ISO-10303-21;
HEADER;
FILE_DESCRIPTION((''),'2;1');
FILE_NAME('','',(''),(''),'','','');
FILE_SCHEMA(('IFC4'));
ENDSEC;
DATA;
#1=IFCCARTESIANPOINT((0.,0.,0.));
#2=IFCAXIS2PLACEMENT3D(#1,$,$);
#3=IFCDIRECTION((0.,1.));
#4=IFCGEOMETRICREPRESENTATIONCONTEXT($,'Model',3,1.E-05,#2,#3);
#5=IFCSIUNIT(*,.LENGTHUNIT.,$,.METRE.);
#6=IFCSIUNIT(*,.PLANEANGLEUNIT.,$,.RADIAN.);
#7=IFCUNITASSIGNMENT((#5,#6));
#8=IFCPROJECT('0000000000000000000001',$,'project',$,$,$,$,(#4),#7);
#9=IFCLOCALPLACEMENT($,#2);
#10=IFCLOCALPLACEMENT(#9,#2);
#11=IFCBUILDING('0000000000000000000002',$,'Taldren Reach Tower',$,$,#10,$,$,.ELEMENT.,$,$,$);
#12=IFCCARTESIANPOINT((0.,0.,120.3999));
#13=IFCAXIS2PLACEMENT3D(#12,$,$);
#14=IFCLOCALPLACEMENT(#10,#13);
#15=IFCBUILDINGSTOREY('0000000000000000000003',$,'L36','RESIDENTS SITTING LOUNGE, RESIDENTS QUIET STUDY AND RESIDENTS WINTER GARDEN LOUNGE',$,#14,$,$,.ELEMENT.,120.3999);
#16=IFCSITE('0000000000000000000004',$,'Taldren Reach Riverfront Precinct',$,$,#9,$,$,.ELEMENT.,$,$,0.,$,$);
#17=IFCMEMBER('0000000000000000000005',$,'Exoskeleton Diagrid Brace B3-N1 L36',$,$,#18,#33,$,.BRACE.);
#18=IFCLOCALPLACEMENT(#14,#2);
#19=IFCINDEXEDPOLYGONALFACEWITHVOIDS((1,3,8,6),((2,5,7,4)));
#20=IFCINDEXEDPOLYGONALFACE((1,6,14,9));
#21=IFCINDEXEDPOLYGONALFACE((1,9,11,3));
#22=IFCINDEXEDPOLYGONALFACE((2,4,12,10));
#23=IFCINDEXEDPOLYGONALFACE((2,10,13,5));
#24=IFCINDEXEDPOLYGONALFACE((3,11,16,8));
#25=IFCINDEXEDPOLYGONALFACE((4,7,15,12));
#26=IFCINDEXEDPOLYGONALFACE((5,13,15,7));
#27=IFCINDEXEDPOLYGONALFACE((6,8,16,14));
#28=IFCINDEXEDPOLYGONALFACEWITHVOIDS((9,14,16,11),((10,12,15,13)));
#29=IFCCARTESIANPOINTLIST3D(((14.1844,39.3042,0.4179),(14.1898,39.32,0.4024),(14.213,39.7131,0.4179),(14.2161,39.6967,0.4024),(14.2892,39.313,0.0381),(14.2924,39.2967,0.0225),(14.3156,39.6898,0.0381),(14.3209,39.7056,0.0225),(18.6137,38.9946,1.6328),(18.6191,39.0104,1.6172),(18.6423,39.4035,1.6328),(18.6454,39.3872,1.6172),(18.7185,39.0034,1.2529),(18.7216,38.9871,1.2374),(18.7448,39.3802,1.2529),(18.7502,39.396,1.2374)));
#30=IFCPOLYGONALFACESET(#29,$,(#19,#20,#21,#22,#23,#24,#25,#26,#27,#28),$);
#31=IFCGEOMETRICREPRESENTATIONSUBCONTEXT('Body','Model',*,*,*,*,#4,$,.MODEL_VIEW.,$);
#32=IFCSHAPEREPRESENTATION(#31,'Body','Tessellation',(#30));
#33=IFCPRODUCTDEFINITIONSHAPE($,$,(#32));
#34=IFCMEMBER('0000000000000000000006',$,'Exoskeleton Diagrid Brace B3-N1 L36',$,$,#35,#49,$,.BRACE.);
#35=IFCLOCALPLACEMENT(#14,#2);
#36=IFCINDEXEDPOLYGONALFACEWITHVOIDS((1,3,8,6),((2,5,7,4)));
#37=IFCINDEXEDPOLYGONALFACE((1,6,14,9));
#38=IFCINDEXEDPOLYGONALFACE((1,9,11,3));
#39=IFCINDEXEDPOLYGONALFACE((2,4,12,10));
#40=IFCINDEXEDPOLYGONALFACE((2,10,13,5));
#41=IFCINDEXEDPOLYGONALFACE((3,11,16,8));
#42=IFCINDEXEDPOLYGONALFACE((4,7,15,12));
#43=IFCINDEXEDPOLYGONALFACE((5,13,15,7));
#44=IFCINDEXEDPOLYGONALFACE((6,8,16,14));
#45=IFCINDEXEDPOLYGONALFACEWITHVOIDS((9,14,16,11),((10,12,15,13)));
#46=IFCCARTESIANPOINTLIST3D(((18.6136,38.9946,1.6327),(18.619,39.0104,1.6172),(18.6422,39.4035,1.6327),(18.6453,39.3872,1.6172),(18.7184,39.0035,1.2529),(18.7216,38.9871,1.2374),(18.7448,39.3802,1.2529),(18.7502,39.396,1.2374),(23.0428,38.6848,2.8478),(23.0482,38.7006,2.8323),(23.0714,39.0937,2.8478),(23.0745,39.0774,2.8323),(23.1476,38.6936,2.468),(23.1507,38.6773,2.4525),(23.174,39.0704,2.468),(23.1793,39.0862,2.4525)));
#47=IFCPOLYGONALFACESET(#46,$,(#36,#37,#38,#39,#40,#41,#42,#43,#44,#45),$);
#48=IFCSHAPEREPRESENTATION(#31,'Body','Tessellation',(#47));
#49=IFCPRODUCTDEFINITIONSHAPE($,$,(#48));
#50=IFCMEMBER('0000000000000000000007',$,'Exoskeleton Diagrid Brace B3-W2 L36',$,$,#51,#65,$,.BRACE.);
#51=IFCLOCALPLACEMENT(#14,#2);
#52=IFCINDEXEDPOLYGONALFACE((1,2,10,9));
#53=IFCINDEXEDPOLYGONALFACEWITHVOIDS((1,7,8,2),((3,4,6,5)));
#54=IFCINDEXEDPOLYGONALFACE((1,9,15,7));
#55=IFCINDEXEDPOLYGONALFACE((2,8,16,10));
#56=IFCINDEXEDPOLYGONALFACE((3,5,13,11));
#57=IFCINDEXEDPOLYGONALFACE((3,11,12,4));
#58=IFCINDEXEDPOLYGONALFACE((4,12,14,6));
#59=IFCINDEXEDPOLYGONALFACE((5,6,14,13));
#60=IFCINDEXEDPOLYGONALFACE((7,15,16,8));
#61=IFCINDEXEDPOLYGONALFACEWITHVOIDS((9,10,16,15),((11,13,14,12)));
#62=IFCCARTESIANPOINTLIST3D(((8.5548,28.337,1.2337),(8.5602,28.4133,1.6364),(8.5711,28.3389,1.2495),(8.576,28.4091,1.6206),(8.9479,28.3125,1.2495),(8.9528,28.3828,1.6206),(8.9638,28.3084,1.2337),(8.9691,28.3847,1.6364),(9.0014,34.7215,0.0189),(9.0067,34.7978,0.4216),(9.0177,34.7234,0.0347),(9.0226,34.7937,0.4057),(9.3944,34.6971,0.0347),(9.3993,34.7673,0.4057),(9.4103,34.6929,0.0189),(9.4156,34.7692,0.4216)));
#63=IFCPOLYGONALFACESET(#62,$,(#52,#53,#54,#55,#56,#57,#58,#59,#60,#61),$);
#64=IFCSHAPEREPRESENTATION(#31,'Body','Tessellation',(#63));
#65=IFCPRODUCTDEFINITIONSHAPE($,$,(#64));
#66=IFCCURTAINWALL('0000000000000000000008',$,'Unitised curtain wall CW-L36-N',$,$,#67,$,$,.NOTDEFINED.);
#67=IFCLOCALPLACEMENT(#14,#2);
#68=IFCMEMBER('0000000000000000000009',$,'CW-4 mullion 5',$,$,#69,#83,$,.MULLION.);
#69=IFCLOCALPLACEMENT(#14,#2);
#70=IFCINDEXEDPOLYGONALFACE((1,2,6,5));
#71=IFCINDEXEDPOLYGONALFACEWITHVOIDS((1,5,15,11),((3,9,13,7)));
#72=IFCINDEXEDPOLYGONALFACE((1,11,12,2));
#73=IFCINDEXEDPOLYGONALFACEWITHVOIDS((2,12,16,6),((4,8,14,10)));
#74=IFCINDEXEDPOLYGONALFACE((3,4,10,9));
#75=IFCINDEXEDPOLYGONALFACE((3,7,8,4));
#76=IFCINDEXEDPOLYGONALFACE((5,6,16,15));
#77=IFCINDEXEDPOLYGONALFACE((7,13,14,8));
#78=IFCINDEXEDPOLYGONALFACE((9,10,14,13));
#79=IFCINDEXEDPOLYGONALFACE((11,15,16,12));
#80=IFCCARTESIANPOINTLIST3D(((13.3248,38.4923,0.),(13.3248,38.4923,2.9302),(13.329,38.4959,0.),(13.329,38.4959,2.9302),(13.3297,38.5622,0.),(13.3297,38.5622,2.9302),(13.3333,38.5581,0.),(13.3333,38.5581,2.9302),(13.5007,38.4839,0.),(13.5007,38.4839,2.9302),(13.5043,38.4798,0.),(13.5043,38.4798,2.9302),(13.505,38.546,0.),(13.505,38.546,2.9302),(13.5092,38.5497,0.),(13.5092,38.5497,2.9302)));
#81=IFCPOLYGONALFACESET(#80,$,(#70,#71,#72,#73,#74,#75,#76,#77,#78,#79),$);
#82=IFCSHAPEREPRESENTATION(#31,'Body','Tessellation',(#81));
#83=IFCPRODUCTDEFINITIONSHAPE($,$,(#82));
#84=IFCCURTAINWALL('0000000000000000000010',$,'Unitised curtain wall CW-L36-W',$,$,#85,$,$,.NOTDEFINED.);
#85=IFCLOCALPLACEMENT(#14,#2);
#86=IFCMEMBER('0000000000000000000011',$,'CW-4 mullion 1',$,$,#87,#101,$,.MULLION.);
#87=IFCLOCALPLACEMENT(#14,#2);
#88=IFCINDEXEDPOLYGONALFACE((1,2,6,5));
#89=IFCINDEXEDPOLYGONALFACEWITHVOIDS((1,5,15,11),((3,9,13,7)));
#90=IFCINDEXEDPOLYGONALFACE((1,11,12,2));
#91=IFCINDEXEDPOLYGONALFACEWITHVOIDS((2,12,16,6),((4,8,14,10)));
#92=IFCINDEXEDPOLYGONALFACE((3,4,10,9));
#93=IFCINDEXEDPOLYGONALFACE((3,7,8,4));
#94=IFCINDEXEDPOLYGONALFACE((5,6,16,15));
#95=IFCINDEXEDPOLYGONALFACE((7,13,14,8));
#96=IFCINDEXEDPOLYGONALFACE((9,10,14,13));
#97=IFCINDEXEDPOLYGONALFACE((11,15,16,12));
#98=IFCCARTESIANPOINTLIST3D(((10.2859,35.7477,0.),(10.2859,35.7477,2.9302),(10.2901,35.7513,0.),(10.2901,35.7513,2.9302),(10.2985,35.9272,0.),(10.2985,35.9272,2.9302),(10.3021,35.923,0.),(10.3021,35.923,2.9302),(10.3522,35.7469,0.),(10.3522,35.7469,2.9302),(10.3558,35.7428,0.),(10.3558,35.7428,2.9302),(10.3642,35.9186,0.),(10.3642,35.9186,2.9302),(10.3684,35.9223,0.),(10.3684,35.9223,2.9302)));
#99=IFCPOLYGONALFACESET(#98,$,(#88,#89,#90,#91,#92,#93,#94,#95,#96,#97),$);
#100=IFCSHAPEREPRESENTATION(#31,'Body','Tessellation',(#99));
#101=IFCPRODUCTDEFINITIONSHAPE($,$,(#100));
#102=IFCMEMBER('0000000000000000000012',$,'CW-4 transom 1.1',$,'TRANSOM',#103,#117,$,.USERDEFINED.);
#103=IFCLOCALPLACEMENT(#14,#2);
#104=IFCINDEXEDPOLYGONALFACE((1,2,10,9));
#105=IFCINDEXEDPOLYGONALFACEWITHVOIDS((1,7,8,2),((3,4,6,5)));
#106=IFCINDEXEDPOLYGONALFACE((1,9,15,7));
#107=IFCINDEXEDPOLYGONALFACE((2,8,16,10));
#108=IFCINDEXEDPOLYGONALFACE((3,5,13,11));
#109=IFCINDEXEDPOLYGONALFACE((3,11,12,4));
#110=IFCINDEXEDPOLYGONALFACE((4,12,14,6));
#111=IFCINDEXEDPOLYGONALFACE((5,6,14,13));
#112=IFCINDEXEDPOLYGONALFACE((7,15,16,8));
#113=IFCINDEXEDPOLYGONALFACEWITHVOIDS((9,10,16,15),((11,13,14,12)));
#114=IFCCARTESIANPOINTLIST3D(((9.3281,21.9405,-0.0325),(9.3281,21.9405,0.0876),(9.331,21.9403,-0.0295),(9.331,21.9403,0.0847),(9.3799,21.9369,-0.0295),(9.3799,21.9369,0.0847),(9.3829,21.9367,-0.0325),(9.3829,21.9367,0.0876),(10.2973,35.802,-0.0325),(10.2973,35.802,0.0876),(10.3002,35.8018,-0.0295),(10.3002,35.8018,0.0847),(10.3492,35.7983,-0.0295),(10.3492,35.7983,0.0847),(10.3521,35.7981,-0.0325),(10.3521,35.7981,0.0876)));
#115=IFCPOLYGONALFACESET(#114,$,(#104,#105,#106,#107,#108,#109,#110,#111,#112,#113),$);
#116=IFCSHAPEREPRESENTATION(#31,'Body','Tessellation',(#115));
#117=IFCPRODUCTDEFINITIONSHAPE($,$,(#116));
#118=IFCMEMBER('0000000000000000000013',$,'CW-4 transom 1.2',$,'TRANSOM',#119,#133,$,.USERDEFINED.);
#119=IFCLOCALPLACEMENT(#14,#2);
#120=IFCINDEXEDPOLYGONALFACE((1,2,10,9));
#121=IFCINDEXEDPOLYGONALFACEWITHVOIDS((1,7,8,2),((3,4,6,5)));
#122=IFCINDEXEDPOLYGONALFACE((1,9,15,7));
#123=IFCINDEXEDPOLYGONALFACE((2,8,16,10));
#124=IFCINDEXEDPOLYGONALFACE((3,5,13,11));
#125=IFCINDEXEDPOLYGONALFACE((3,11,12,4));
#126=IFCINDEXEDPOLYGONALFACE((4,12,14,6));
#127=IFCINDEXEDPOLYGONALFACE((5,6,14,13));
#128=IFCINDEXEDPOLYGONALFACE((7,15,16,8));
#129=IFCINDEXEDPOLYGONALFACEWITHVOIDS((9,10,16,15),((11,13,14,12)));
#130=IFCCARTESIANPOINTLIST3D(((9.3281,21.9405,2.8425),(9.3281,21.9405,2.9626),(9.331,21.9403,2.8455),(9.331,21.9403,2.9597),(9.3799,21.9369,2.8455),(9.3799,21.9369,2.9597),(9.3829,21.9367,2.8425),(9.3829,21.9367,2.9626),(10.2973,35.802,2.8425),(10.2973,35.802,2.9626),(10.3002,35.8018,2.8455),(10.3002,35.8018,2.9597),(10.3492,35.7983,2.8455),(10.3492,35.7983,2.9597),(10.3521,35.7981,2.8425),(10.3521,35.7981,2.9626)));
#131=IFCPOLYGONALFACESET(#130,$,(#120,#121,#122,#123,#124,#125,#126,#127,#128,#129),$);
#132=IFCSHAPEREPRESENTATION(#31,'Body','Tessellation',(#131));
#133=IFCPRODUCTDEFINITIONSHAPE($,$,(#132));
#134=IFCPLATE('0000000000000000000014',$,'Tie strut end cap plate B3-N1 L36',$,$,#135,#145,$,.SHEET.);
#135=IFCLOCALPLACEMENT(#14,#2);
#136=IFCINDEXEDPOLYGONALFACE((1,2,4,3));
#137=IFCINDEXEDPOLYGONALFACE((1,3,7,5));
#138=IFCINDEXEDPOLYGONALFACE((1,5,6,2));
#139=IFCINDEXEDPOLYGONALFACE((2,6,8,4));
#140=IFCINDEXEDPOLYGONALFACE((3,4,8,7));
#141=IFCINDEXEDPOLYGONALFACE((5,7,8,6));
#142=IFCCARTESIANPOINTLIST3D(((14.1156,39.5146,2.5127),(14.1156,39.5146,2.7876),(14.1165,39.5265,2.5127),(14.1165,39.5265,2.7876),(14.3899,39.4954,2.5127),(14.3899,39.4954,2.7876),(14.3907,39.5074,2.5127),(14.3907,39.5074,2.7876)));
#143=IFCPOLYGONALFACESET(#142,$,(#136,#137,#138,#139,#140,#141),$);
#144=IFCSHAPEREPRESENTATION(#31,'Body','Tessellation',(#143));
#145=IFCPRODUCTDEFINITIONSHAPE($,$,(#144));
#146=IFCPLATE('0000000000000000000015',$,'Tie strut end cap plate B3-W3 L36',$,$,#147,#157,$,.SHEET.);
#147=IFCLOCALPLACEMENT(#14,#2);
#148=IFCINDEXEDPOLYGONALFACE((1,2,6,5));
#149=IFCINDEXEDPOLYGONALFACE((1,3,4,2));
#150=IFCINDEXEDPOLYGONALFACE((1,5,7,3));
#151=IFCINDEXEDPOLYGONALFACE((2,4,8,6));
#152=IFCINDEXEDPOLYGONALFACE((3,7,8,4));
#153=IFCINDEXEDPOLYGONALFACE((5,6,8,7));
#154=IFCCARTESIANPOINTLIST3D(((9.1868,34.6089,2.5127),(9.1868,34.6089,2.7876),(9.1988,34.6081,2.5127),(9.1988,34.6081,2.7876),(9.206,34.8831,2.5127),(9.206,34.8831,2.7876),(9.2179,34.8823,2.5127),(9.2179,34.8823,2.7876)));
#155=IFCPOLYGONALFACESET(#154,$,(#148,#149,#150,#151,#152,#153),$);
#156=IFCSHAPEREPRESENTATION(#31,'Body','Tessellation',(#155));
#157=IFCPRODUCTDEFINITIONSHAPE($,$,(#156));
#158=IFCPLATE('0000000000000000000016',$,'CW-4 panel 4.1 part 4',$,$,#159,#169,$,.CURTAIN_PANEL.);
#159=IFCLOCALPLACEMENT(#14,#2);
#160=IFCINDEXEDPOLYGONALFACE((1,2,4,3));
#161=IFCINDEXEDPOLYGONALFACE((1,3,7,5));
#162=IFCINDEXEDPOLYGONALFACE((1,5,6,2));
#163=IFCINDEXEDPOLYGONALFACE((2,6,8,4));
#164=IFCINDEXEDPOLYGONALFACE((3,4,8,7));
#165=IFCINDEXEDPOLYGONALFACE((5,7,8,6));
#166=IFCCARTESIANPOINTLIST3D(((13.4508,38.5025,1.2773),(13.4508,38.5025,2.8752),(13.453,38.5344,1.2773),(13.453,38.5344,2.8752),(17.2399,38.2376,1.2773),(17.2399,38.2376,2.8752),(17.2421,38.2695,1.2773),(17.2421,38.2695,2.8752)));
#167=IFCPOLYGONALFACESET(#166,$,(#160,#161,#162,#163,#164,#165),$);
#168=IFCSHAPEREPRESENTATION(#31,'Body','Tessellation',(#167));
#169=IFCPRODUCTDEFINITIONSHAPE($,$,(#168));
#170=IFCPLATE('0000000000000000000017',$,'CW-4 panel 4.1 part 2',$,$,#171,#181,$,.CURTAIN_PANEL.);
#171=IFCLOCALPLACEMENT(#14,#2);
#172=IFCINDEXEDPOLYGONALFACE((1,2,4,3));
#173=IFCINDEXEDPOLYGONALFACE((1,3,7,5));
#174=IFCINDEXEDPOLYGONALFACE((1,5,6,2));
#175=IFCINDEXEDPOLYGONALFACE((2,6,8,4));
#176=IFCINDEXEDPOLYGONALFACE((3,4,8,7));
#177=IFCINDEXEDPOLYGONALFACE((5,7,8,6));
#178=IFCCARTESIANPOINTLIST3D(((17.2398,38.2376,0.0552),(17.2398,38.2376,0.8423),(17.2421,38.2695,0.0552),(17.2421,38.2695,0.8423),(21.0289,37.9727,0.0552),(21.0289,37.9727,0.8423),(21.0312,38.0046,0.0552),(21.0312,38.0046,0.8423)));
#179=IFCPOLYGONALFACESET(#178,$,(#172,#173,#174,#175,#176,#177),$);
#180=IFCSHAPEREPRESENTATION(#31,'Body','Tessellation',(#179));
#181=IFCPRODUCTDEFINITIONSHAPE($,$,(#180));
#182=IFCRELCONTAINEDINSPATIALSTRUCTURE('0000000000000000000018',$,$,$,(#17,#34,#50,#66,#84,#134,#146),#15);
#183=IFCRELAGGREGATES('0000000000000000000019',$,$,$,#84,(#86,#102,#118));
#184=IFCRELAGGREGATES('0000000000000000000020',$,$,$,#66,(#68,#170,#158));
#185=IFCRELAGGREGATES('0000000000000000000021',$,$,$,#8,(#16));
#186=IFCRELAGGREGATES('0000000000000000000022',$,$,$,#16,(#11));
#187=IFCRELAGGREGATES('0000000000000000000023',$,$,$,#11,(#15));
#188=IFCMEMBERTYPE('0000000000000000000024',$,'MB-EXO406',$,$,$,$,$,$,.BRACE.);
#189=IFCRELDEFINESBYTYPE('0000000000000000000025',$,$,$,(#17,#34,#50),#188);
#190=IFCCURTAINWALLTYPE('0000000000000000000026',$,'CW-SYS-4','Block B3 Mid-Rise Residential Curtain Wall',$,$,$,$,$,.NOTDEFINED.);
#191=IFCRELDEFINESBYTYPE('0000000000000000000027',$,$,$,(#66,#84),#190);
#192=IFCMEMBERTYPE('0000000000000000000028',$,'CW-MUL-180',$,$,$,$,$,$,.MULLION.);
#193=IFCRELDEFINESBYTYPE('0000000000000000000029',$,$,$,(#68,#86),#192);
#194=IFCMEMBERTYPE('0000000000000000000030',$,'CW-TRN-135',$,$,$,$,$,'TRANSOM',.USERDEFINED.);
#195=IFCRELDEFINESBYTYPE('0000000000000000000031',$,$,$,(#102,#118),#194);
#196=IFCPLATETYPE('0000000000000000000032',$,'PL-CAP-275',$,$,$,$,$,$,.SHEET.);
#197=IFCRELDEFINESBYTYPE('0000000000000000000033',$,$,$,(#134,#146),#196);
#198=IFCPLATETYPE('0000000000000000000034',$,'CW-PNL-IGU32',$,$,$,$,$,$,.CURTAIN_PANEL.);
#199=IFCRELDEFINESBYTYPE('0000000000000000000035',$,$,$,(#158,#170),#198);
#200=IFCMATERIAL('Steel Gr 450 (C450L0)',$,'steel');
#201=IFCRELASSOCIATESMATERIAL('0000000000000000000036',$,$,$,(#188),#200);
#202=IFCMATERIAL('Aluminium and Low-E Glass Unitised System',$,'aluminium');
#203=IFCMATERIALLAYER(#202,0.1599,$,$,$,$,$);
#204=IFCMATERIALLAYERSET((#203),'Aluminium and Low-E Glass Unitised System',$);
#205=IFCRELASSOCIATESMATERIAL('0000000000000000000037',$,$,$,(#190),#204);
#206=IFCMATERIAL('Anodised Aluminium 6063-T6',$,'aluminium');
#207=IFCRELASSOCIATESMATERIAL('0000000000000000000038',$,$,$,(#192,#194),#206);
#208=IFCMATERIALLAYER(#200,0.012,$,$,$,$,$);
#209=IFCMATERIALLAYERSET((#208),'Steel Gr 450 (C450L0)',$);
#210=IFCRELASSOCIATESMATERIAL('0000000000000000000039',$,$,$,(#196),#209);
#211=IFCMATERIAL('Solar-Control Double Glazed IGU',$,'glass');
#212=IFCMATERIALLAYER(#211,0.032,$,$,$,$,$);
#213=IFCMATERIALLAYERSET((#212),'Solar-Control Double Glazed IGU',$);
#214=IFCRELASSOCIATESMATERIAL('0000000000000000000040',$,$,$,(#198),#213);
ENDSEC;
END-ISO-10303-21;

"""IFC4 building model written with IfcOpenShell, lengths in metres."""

from ifc_helpers import new_model, si_unit, direction, frame, origin, origin_2d, place, context, subcontext, project, spatial, rectangle, hollow_rectangle, extrude, source, transform, mapped, material, layer, layer_set, material_profile, profile_set, type_object, element, aggregate, save


model = new_model("IFC4")

# Units and contexts
model_context = context("Model", 3, precision=1e-05, world=origin(), true_north=direction((0.0, 1.0)))
body_context = subcontext(model_context, "Body", "Model", "MODEL_VIEW")
ifc_project = project(units=[si_unit("LENGTHUNIT", "METRE"), si_unit("PLANEANGLEUNIT", "RADIAN")], contexts=[model_context])

# Site, building, storey
site_placement = place(None, origin())
site = spatial("IfcSite", under=ifc_project, at=site_placement, Name="Taldren Reach Riverfront Precinct", CompositionType="ELEMENT", RefElevation=0.0)
building_placement = place(site_placement, origin())
building = spatial("IfcBuilding", under=site, at=building_placement, Name="Taldren Reach Tower", CompositionType="ELEMENT")
storey_placement = place(building_placement, frame((0.0, 0.0, 120.3999)))
storey = spatial("IfcBuildingStorey", under=building, at=storey_placement, Name="L36", Description="RESIDENTS SITTING LOUNGE, RESIDENTS QUIET STUDY AND RESIDENTS WINTER GARDEN LOUNGE", CompositionType="ELEMENT", Elevation=120.3999)

# Shared definitions
ifc_material_1 = material(Name="Steel Gr 450 (C450L0)", Category="steel")

# Members
ifc_material_profile_1 = material_profile(ifc_material_1, hollow_rectangle(XDim=0.4099, YDim=0.4099, WallThickness=0.0161, at=origin_2d()), Name="410x410x16.0SHS")
ifc_profile_set_1 = profile_set([ifc_material_profile_1], Name="Steel Gr 450 (C450L0)")
member_type_1 = type_object("IfcMemberType", Name="MB-EXO406", PredefinedType="BRACE", material=ifc_profile_set_1)
shared_shape_1 = source(origin(), body_context, "Body", "SweptSolid", [
    extrude(hollow_rectangle(XDim=0.4099, YDim=0.4099, WallThickness=0.0161, at=origin_2d()), origin(), (0.0, 0.0, 1.0), 4.6033),
])
for number, where, z_axis, x_axis, name in (
    (1, (14.2527, 39.5049, 0.2202), (0.962199, -0.067251, 0.263913), (0.069723, 0.997566, 0.0), "Exoskeleton Diagrid Brace B3-N1 L36"),
    (2, (18.6819, 39.1953, 1.4351), (0.962182, -0.067303, 0.263961), (0.069778, 0.997563, 0.0), "Exoskeleton Diagrid Brace B3-N1 L36"),
):
    element("IfcMember", number, at=place(storey_placement, frame(where, z_axis=z_axis, x_axis=x_axis)), inside=storey, type_object=member_type_1, Name=name, PredefinedType="BRACE", context=body_context, shape_type="MappedRepresentation", body=[
        mapped(shared_shape_1, transform((0.0, 0.0, 0.0), scale=1.0)),
    ])
shared_shape_2 = source(origin(), body_context, "Body", "SweptSolid", [
    extrude(hollow_rectangle(XDim=0.4099, YDim=0.4099, WallThickness=0.0161, at=origin_2d()), origin(), (0.0, 0.0, 1.0), 6.5144),
])
member_1_placement = place(storey_placement, frame((9.2085, 34.7454, 0.2202), z_axis=(-0.068546, -0.980063, 0.186486), x_axis=(0.997563, -0.06977, 0.0)))
element("IfcMember", 3, at=member_1_placement, inside=storey, type_object=member_type_1, Name="Exoskeleton Diagrid Brace B3-W2 L36", PredefinedType="BRACE", context=body_context, shape_type="MappedRepresentation", body=[
    mapped(shared_shape_2, transform((0.0, 0.0, 0.0), scale=1.0)),
])

# Curtain wall, member
ifc_material_2 = material(Name="Aluminium and Low-E Glass Unitised System", Category="aluminium")
ifc_layer_1 = layer(ifc_material_2, 0.1599)
ifc_layer_set_1 = layer_set([ifc_layer_1], Name="Aluminium and Low-E Glass Unitised System")
curtain_wall_type = type_object("IfcCurtainWallType", Name="CW-SYS-4", Description="Block B3 Mid-Rise Residential Curtain Wall", PredefinedType="NOTDEFINED", material=ifc_layer_set_1)
curtain_wall_1_placement = place(storey_placement, origin())
curtain_wall_1 = element("IfcCurtainWall", 4, at=curtain_wall_1_placement, inside=storey, type_object=curtain_wall_type, Name="Unitised curtain wall CW-L36-N", PredefinedType="NOTDEFINED")
ifc_material_3 = material(Name="Anodised Aluminium 6063-T6", Category="aluminium")
ifc_material_profile_2 = material_profile(ifc_material_3, hollow_rectangle(XDim=0.0701, YDim=0.1799, WallThickness=0.0039, at=origin_2d()), Name="ALU-180x70x4RHS")
ifc_profile_set_2 = profile_set([ifc_material_profile_2], Name="Anodised Aluminium 6063-T6")
member_type_2 = type_object("IfcMemberType", Name="CW-MUL-180", PredefinedType="MULLION", material=ifc_profile_set_2)
shared_shape_3 = source(origin(), body_context, "Body", "SweptSolid", [
    extrude(hollow_rectangle(XDim=0.0701, YDim=0.1799, WallThickness=0.0039, at=origin_2d()), origin(), (0.0, 0.0, 1.0), 2.9302),
])
member_2_placement = place(storey_placement, frame((13.417, 38.521, 0.0), z_axis=(0.0, 0.0, 1.0), x_axis=(-0.069757, -0.997564, 0.0)))
member_2 = element("IfcMember", 5, at=member_2_placement, type_object=member_type_2, Name="CW-4 mullion 5", PredefinedType="MULLION", context=body_context, shape_type="MappedRepresentation", body=[
    mapped(shared_shape_3, transform((0.0, 0.0, 0.0), scale=1.0)),
])

# Curtain wall, members
curtain_wall_2_placement = place(storey_placement, origin())
curtain_wall_2 = element("IfcCurtainWall", 6, at=curtain_wall_2_placement, inside=storey, type_object=curtain_wall_type, Name="Unitised curtain wall CW-L36-W", PredefinedType="NOTDEFINED")
member_3_placement = place(storey_placement, frame((10.3271, 35.835, 0.0), z_axis=(0.0, 0.0, 1.0), x_axis=(0.997564, -0.069756, 0.0)))
member_3 = element("IfcMember", 7, at=member_3_placement, type_object=member_type_2, Name="CW-4 mullion 1", PredefinedType="MULLION", context=body_context, shape_type="MappedRepresentation", body=[
    mapped(shared_shape_3, transform((0.0, 0.0, 0.0), scale=1.0)),
])
ifc_material_profile_3 = material_profile(ifc_material_3, hollow_rectangle(XDim=0.0549, YDim=0.1201, WallThickness=0.0029, at=origin_2d()), Name="ALU-120x55x3RHS")
ifc_profile_set_3 = profile_set([ifc_material_profile_3], Name="Anodised Aluminium 6063-T6")
member_type_3 = type_object("IfcMemberType", Name="CW-TRN-135", ElementType="TRANSOM", PredefinedType="USERDEFINED", material=ifc_profile_set_3)
shared_shape_4 = source(origin(), body_context, "Body", "SweptSolid", [
    extrude(hollow_rectangle(XDim=0.0549, YDim=0.1201, WallThickness=0.0029, at=origin_2d()), origin(), (0.0, 0.0, 1.0), 13.8953),
])
member_4_placement = place(storey_placement, frame((10.3247, 35.8, 0.0276), z_axis=(-0.069754, -0.997564, 0.0), x_axis=(0.997564, -0.069754, 0.0)))
member_4 = element("IfcMember", 8, at=member_4_placement, type_object=member_type_3, Name="CW-4 transom 1.1", ObjectType="TRANSOM", PredefinedType="USERDEFINED", context=body_context, shape_type="MappedRepresentation", body=[
    mapped(shared_shape_4, transform((0.0, 0.0, 0.0), scale=1.0)),
])
member_5_placement = place(storey_placement, frame((10.3247, 35.8, 2.9026), z_axis=(-0.069754, -0.997564, 0.0), x_axis=(0.997564, -0.069754, 0.0)))
member_5 = element("IfcMember", 9, at=member_5_placement, type_object=member_type_3, Name="CW-4 transom 1.2", ObjectType="TRANSOM", PredefinedType="USERDEFINED", context=body_context, shape_type="MappedRepresentation", body=[
    mapped(shared_shape_4, transform((0.0, 0.0, 0.0), scale=1.0)),
])
aggregate(curtain_wall_2, [member_3, member_4, member_5])

# Plates
ifc_layer_2 = layer(ifc_material_1, 0.012)
ifc_layer_set_2 = layer_set([ifc_layer_2], Name="Steel Gr 450 (C450L0)")
plate_type_1 = type_object("IfcPlateType", Name="PL-CAP-275", PredefinedType="SHEET", material=ifc_layer_set_2)
shared_shape_5 = source(origin(), body_context, "Body", "SweptSolid", [
    extrude(rectangle(XDim=0.2749, YDim=0.012, at=origin_2d()), origin(), (0.0, 0.0, 1.0), 0.2749),
])
plate_1_placement = place(storey_placement, frame((14.2532, 39.511, 2.5127), z_axis=(0.0, 0.0, 1.0), x_axis=(0.997564, -0.069756, 0.0)))
element("IfcPlate", 10, at=plate_1_placement, inside=storey, type_object=plate_type_1, Name="Tie strut end cap plate B3-N1 L36", PredefinedType="SHEET", context=body_context, shape_type="MappedRepresentation", body=[
    mapped(shared_shape_5, transform((0.0, 0.0, 0.0), scale=1.0)),
])
shared_shape_6 = source(origin(), body_context, "Body", "SweptSolid", [
    extrude(rectangle(XDim=0.012, YDim=0.2749, at=origin_2d()), origin(), (0.0, 0.0, 1.0), 0.2749),
])
plate_2_placement = place(storey_placement, frame((9.2024, 34.7456, 2.5127), z_axis=(0.0, 0.0, 1.0), x_axis=(0.997564, -0.069756, 0.0)))
element("IfcPlate", 11, at=plate_2_placement, inside=storey, type_object=plate_type_1, Name="Tie strut end cap plate B3-W3 L36", PredefinedType="SHEET", context=body_context, shape_type="MappedRepresentation", body=[
    mapped(shared_shape_6, transform((0.0, 0.0, 0.0), scale=1.0)),
])

# Plates
ifc_material_4 = material(Name="Solar-Control Double Glazed IGU", Category="glass")
ifc_layer_3 = layer(ifc_material_4, 0.032)
ifc_layer_set_3 = layer_set([ifc_layer_3], Name="Solar-Control Double Glazed IGU")
plate_type_2 = type_object("IfcPlateType", Name="CW-PNL-IGU32", PredefinedType="CURTAIN_PANEL", material=ifc_layer_set_3)
shared_shape_7 = source(origin(), body_context, "Body", "SweptSolid", [
    extrude(rectangle(XDim=3.7983, YDim=0.032, at=origin_2d()), origin(), (0.0, 0.0, 1.0), 1.5979),
])
plate_3_placement = place(storey_placement, frame((15.3464, 38.386, 1.2773), z_axis=(0.0, 0.0, 1.0), x_axis=(-0.997564, 0.069757, 0.0)))
plate_3 = element("IfcPlate", 12, at=plate_3_placement, type_object=plate_type_2, Name="CW-4 panel 4.1 part 4", PredefinedType="CURTAIN_PANEL", context=body_context, shape_type="MappedRepresentation", body=[
    mapped(shared_shape_7, transform((0.0, 0.0, 0.0), scale=1.0)),
])
shared_shape_8 = source(origin(), body_context, "Body", "SweptSolid", [
    extrude(rectangle(XDim=3.7983, YDim=0.032, at=origin_2d()), origin(), (0.0, 0.0, 1.0), 0.7871),
])
plate_4_placement = place(storey_placement, frame((19.1355, 38.1211, 0.0552), z_axis=(0.0, 0.0, 1.0), x_axis=(-0.997564, 0.069757, 0.0)))
plate_4 = element("IfcPlate", 13, at=plate_4_placement, type_object=plate_type_2, Name="CW-4 panel 4.1 part 2", PredefinedType="CURTAIN_PANEL", context=body_context, shape_type="MappedRepresentation", body=[
    mapped(shared_shape_8, transform((0.0, 0.0, 0.0), scale=1.0)),
])
aggregate(curtain_wall_1, [member_2, plate_4, plate_3])

save(model, "model.ifc")
